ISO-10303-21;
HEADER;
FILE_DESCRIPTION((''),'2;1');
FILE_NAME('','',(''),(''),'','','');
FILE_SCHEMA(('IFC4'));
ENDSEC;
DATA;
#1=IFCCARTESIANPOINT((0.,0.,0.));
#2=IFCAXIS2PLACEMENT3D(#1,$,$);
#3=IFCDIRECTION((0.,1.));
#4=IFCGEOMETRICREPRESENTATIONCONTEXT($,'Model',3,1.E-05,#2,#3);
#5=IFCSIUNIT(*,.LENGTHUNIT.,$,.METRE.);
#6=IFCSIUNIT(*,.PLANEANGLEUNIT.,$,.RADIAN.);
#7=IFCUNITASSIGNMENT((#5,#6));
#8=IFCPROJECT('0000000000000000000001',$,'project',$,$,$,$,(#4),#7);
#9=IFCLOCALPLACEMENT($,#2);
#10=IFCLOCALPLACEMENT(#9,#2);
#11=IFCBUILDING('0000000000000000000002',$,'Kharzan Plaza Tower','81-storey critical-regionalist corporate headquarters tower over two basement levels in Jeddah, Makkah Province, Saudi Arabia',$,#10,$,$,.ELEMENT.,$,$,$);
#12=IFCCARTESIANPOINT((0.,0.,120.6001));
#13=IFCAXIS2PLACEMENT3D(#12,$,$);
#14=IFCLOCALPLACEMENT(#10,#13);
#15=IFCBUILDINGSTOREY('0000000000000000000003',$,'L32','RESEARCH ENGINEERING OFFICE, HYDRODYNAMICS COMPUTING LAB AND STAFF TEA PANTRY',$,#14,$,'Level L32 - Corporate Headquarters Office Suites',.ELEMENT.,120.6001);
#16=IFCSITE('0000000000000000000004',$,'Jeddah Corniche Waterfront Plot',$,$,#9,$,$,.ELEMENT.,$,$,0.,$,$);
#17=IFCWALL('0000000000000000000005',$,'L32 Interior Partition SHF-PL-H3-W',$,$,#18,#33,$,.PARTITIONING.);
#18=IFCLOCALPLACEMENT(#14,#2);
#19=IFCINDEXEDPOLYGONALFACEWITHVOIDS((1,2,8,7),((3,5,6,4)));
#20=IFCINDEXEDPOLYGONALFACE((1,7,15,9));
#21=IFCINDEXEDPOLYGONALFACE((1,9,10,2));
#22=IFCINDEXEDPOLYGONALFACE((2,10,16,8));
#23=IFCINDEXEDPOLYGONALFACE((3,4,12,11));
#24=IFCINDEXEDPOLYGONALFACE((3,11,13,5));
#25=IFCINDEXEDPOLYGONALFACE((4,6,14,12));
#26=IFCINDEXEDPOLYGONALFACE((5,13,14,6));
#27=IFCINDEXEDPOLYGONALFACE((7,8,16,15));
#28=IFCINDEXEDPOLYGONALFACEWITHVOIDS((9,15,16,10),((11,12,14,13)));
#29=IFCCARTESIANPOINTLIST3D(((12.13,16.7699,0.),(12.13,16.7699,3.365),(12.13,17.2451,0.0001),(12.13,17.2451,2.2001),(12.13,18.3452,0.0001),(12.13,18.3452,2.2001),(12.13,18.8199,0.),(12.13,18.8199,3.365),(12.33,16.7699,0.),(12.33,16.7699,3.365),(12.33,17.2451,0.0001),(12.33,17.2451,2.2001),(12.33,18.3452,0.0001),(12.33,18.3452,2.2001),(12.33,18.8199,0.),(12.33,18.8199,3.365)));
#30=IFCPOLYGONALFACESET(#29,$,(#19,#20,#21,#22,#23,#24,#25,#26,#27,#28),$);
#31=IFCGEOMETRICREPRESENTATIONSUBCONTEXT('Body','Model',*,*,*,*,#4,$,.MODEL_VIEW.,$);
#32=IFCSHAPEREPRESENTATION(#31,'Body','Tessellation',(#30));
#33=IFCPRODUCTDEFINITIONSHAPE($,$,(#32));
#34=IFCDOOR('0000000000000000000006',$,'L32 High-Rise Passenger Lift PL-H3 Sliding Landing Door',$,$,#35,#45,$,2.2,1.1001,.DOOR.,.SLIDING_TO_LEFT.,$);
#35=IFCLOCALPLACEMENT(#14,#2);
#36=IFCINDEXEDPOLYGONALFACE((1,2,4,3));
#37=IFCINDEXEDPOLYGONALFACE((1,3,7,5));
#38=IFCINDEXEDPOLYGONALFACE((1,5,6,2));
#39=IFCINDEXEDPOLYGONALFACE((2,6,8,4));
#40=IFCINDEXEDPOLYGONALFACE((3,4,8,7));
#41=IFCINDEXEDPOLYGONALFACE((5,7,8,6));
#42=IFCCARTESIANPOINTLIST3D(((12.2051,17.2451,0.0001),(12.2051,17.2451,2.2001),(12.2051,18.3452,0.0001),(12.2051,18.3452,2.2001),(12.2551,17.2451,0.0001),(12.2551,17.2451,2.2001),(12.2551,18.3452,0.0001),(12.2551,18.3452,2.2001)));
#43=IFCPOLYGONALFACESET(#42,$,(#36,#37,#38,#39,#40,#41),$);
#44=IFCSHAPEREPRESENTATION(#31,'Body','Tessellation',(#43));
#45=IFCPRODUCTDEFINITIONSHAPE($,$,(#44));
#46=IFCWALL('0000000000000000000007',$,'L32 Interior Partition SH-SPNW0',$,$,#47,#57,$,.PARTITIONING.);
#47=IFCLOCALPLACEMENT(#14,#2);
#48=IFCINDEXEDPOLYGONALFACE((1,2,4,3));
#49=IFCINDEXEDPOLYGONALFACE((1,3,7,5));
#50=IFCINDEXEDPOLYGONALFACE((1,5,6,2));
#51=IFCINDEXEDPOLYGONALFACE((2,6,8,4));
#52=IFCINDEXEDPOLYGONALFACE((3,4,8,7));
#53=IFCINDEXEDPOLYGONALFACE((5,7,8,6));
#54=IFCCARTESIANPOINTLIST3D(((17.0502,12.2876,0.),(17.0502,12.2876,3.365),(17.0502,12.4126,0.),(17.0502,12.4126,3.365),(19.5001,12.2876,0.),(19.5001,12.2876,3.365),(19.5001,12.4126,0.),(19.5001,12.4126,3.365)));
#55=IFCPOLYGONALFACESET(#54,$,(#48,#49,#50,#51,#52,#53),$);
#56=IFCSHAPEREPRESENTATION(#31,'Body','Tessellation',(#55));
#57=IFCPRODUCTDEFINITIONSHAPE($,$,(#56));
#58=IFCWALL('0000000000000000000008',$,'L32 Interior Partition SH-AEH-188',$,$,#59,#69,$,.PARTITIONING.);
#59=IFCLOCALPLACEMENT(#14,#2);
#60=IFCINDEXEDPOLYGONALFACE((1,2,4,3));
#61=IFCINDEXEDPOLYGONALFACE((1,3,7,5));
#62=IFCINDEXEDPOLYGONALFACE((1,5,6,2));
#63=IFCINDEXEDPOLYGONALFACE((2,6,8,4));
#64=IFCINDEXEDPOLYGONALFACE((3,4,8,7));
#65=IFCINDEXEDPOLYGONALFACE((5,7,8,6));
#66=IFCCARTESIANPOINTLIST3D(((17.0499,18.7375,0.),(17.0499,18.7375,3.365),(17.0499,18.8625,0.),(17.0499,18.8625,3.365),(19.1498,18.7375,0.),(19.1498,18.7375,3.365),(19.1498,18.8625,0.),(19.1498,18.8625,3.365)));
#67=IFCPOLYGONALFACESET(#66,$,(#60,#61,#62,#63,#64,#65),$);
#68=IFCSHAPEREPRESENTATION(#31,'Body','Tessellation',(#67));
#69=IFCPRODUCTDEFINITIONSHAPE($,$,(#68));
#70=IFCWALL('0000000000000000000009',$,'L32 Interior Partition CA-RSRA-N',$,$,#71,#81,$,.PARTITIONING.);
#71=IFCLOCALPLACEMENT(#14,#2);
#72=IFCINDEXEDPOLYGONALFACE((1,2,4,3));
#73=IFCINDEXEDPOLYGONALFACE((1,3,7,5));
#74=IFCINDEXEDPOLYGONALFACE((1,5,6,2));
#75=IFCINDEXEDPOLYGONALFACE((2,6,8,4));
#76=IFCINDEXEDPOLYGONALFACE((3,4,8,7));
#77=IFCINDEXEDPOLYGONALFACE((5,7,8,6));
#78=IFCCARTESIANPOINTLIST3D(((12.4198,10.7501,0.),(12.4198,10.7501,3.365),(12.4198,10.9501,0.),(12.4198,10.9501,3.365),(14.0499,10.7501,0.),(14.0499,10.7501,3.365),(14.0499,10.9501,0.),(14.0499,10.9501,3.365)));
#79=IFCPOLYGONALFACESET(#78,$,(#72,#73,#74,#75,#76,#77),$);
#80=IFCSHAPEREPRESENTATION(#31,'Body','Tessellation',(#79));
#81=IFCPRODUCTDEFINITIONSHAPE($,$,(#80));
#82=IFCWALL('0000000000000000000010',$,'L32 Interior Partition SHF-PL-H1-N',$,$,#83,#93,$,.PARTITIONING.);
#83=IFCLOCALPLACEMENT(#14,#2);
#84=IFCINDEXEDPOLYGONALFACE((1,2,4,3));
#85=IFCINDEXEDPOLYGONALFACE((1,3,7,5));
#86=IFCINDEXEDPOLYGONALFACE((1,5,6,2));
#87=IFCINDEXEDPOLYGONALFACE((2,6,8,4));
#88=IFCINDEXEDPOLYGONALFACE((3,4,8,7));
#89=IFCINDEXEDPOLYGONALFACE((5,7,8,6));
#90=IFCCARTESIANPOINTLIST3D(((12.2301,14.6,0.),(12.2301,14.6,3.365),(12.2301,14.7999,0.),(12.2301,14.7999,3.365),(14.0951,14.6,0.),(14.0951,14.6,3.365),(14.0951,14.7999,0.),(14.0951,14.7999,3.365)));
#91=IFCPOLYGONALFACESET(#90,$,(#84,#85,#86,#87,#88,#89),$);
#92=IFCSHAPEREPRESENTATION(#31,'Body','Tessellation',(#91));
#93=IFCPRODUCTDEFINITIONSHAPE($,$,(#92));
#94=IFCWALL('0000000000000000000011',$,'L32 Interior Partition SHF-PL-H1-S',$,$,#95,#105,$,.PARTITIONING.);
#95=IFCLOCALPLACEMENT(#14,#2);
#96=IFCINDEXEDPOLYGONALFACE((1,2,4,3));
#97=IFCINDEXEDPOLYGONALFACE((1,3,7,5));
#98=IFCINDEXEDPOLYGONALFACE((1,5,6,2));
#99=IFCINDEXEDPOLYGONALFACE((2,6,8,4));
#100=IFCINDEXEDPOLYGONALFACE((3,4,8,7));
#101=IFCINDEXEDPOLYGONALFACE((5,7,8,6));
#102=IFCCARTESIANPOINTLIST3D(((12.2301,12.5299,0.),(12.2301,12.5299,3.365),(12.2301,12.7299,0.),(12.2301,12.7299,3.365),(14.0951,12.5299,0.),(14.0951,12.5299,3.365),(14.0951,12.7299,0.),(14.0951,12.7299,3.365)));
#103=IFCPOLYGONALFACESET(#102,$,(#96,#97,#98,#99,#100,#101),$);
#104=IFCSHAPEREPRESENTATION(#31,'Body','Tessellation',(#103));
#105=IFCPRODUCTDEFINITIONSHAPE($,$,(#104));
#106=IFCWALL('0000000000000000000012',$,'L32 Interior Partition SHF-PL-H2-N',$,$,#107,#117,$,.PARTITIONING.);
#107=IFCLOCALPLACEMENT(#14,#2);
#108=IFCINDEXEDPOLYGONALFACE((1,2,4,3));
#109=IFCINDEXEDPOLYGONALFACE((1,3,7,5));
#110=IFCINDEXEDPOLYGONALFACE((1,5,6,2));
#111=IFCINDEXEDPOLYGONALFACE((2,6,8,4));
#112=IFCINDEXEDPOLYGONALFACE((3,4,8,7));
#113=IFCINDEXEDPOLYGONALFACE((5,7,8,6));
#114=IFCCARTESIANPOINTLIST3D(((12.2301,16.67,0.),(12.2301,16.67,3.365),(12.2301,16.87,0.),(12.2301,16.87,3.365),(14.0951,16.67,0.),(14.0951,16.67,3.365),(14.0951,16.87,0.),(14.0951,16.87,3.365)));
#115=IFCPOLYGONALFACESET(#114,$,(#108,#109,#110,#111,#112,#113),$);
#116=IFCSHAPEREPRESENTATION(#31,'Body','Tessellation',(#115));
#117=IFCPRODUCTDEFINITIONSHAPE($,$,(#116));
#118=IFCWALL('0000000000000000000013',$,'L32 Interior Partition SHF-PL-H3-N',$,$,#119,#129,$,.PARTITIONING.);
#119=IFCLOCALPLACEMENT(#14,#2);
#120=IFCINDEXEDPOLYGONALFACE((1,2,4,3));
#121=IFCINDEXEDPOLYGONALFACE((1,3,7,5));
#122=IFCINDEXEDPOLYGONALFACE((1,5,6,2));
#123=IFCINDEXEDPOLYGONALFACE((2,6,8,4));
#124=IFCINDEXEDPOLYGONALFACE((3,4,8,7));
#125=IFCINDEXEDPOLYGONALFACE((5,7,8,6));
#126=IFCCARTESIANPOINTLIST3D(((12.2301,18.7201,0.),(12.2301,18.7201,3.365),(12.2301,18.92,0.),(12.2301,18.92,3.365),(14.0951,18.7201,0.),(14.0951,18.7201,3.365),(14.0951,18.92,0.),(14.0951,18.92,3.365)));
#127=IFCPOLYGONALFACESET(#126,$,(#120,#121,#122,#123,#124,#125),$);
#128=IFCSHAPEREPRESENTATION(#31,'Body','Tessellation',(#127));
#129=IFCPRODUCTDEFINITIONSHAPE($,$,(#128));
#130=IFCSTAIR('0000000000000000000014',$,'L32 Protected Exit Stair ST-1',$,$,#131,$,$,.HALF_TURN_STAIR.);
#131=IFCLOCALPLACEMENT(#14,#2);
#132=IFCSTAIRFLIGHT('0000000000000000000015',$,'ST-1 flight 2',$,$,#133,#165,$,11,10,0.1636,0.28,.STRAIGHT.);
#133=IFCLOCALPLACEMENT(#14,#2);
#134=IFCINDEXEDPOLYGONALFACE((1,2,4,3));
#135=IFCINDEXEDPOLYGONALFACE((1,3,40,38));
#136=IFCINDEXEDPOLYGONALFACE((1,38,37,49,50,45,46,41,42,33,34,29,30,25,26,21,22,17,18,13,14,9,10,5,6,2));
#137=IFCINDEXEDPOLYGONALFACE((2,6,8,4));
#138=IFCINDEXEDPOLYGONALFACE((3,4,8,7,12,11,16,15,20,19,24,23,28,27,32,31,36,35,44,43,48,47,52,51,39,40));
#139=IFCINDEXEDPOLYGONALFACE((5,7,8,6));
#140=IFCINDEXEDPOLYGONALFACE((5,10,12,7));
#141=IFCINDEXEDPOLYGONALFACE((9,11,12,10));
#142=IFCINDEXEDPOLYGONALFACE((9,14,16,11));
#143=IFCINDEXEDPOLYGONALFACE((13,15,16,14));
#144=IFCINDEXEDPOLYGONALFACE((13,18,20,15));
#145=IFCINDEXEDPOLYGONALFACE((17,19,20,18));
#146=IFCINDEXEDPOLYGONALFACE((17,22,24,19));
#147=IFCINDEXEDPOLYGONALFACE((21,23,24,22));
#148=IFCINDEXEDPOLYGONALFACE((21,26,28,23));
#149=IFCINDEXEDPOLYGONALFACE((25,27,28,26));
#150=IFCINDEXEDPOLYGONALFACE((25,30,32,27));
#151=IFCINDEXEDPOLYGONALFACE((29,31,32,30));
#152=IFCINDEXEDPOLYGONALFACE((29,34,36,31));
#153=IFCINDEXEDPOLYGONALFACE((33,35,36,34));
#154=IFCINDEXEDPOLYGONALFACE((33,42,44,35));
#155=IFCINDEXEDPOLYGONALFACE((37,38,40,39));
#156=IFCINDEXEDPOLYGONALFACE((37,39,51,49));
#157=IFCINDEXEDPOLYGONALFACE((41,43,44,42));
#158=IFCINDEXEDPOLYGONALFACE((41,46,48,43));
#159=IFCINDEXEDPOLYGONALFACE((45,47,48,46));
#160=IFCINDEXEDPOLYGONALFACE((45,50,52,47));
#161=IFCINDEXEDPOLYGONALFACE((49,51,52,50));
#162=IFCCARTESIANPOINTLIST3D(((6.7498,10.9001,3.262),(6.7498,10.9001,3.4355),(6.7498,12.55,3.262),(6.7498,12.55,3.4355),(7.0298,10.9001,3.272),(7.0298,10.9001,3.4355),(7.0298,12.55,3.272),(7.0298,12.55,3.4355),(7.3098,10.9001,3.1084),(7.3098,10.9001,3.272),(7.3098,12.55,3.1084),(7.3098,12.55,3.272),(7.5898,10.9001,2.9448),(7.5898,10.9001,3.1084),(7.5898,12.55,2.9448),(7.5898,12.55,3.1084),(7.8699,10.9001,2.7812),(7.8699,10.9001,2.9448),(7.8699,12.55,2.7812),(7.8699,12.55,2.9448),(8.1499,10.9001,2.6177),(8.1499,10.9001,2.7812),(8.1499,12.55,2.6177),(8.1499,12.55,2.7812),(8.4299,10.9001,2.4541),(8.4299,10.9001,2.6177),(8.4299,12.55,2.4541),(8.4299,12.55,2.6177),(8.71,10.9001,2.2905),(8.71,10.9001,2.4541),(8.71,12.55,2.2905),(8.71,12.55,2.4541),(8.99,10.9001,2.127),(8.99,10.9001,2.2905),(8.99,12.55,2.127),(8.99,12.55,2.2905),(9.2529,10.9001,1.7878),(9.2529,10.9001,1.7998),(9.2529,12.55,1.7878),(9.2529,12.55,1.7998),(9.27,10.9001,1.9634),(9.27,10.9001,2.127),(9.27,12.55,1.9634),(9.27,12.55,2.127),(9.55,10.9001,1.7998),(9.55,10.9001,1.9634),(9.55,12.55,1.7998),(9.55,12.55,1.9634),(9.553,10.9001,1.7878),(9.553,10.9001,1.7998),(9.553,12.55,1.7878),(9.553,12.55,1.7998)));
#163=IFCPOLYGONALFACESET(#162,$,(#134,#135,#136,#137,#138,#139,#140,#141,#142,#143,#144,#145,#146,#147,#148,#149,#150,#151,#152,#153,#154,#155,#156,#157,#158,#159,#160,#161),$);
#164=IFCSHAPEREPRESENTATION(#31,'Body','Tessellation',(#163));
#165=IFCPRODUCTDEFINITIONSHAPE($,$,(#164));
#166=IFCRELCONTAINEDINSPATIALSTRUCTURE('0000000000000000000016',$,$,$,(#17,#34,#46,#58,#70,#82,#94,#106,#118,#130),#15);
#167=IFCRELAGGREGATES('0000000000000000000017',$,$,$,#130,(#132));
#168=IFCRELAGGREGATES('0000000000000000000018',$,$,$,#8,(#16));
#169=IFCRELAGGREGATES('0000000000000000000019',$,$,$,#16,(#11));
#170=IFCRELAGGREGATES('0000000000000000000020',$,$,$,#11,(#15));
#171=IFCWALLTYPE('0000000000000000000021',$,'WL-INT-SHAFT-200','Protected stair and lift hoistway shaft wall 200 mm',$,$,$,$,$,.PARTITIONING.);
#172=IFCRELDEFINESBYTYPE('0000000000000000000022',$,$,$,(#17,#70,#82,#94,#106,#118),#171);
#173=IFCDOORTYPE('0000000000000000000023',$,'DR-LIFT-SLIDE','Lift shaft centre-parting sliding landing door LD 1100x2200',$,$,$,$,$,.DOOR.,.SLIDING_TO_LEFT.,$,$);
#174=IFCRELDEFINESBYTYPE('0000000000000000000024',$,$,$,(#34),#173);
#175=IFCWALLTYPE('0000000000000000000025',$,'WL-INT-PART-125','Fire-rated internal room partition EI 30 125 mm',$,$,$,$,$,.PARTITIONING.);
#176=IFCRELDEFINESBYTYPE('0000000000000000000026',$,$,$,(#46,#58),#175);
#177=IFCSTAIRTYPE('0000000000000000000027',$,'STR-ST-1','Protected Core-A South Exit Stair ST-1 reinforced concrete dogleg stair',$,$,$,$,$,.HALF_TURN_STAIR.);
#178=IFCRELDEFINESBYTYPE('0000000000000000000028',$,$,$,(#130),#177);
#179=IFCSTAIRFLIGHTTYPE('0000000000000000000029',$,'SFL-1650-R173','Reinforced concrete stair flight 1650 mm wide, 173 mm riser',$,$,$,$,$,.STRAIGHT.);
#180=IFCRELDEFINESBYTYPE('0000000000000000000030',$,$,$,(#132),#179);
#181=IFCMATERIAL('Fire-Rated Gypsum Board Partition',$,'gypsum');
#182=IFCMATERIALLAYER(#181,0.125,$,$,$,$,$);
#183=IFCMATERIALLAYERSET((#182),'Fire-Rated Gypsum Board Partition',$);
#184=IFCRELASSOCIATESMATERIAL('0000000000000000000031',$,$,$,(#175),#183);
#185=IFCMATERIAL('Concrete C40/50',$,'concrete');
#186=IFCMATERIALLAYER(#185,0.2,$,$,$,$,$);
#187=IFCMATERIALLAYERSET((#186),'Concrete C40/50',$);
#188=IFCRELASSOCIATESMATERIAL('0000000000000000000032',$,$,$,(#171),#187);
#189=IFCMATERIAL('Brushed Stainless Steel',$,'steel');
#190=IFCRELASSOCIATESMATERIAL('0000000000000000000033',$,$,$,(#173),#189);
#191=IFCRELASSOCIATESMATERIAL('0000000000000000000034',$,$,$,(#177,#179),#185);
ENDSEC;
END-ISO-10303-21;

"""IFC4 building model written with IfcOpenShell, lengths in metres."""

from ifc_helpers import new_model, si_unit, direction, frame, frame_2d, origin, place, context, subcontext, project, spatial, polyline, rectangle, outline, extrude, source, transform, mapped, material, layer, layer_set, type_object, element, fill, aggregate, save


model = new_model("IFC4")

# Units and contexts
model_context = context("Model", 3, precision=1e-05, world=origin(), true_north=direction((0.0, 1.0)))
body_context = subcontext(model_context, "Body", "Model", "MODEL_VIEW")
ifc_project = project(units=[si_unit("LENGTHUNIT", "METRE"), si_unit("PLANEANGLEUNIT", "RADIAN")], contexts=[model_context])

# Site, building, storey
site_placement = place(None, origin())
site = spatial("IfcSite", under=ifc_project, at=site_placement, Name="Jeddah Corniche Waterfront Plot", CompositionType="ELEMENT", RefElevation=0.0)
building_placement = place(site_placement, origin())
building = spatial("IfcBuilding", under=site, at=building_placement, Name="Kharzan Plaza Tower", Description="81-storey critical-regionalist corporate headquarters tower over two basement levels in Jeddah, Makkah Province, Saudi Arabia", CompositionType="ELEMENT")
storey_placement = place(building_placement, frame((0.0, 0.0, 120.6001)))
storey = spatial("IfcBuildingStorey", under=building, at=storey_placement, Name="L32", Description="RESEARCH ENGINEERING OFFICE, HYDRODYNAMICS COMPUTING LAB AND STAFF TEA PANTRY", LongName="Level L32 - Corporate Headquarters Office Suites", CompositionType="ELEMENT", Elevation=120.6001)

# Wall, opening, door
ifc_material_1 = material(Name="Fire-Rated Gypsum Board Partition", Category="gypsum")
ifc_layer_1 = layer(ifc_material_1, 0.125)
ifc_layer_set_1 = layer_set([ifc_layer_1], Name="Fire-Rated Gypsum Board Partition")
wall_type_1 = type_object("IfcWallType", Name="WL-INT-PART-125", Description="Fire-rated internal room partition EI 30 125 mm", PredefinedType="PARTITIONING", material=ifc_layer_set_1)
ifc_material_2 = material(Name="Concrete C40/50", Category="concrete")
ifc_layer_2 = layer(ifc_material_2, 0.2)
ifc_layer_set_2 = layer_set([ifc_layer_2], Name="Concrete C40/50")
wall_type_2 = type_object("IfcWallType", Name="WL-INT-SHAFT-200", Description="Protected stair and lift hoistway shaft wall 200 mm", PredefinedType="PARTITIONING", material=ifc_layer_set_2)
ifc_material_3 = material(Name="Brushed Stainless Steel", Category="steel")
door_type_1 = type_object("IfcDoorType", Name="DR-LIFT-SLIDE", Description="Lift shaft centre-parting sliding landing door LD 1100x2200", OperationType="SLIDING_TO_LEFT", PredefinedType="DOOR", material=ifc_material_3)
shared_shape_1 = source(origin(), body_context, "Body", "SweptSolid", [
    extrude(rectangle(XDim=1.1001, YDim=2.2, at=frame_2d((0.55, 1.1001))), frame((0.0, 0.0249, 0.0), z_axis=(0.0, -1.0, 0.0), x_axis=(1.0, 0.0, 0.0)), (0.0, 0.0, 1.0), 0.05),
])
wall_1_placement = place(storey_placement, frame((12.23, 16.77, 0.0), z_axis=(0.0, 0.0, 1.0), x_axis=(0.0, 1.0, 0.0)))
wall_1 = element("IfcWall", 1, at=wall_1_placement, inside=storey, type_object=wall_type_2, Name="L32 Interior Partition SHF-PL-H3-W", PredefinedType="PARTITIONING", context=body_context, shape_type="SweptSolid", body=[
    extrude(rectangle(XDim=2.05, YDim=0.2, at=frame_2d((1.0249, 0.0))), origin(), (0.0, 0.0, 1.0), 3.365),
])
opening_1_placement = place(wall_1_placement, frame((0.4751, 0.0, 0.0)))
opening_1 = element("IfcOpeningElement", 2, at=opening_1_placement, cuts=wall_1, PredefinedType="OPENING", context=body_context, shape_type="SweptSolid", body=[
    extrude(rectangle(XDim=1.1001, YDim=2.2, at=frame_2d((0.55, 1.1001))), frame((0.0, 0.1099, 0.0), z_axis=(0.0, -1.0, 0.0), x_axis=(1.0, 0.0, 0.0)), (0.0, 0.0, 1.0), 0.22),
])
door_1_placement = place(opening_1_placement, origin())
door_1 = element("IfcDoor", 3, at=door_1_placement, inside=storey, type_object=door_type_1, Name="L32 High-Rise Passenger Lift PL-H3 Sliding Landing Door", OperationType="SLIDING_TO_LEFT", OverallHeight=2.2, OverallWidth=1.1001, PredefinedType="DOOR", context=body_context, shape_type="MappedRepresentation", body=[
    mapped(shared_shape_1, transform((0.0, 0.0, 0.0), x_axis=(1.0, 0.0, 0.0), y_axis=(0.0, 1.0, 0.0), z_axis=(0.0, 0.0, 1.0))),
])
fill(opening_1, door_1)

# Walls
shared_shape_2 = source(origin(), body_context, "Body", "SweptSolid", [
    extrude(rectangle(XDim=2.45, YDim=0.125, at=frame_2d((1.2251, 0.0))), origin(), (0.0, 0.0, 1.0), 3.365),
])
wall_2_placement = place(storey_placement, frame((17.05, 12.3501, 0.0), z_axis=(0.0, 0.0, 1.0), x_axis=(1.0, 0.0, 0.0)))
element("IfcWall", 4, at=wall_2_placement, inside=storey, type_object=wall_type_1, Name="L32 Interior Partition SH-SPNW0", PredefinedType="PARTITIONING", context=body_context, shape_type="MappedRepresentation", body=[
    mapped(shared_shape_2, transform((0.0, 0.0, 0.0), x_axis=(1.0, 0.0, 0.0), y_axis=(0.0, 1.0, 0.0), z_axis=(0.0, 0.0, 1.0))),
])
shared_shape_3 = source(origin(), body_context, "Body", "SweptSolid", [
    extrude(rectangle(XDim=2.0999, YDim=0.125, at=frame_2d((1.0498, 0.0))), origin(), (0.0, 0.0, 1.0), 3.365),
])
wall_3_placement = place(storey_placement, frame((17.05, 18.8, 0.0), z_axis=(0.0, 0.0, 1.0), x_axis=(1.0, 0.0, 0.0)))
element("IfcWall", 5, at=wall_3_placement, inside=storey, type_object=wall_type_1, Name="L32 Interior Partition SH-AEH-188", PredefinedType="PARTITIONING", context=body_context, shape_type="MappedRepresentation", body=[
    mapped(shared_shape_3, transform((0.0, 0.0, 0.0), x_axis=(1.0, 0.0, 0.0), y_axis=(0.0, 1.0, 0.0), z_axis=(0.0, 0.0, 1.0))),
])
shared_shape_4 = source(origin(), body_context, "Body", "SweptSolid", [
    extrude(rectangle(XDim=1.6301, YDim=0.2, at=frame_2d((0.8149, 0.0))), origin(), (0.0, 0.0, 1.0), 3.365),
])
wall_4_placement = place(storey_placement, frame((12.4199, 10.8501, 0.0), z_axis=(0.0, 0.0, 1.0), x_axis=(1.0, 0.0, 0.0)))
element("IfcWall", 6, at=wall_4_placement, inside=storey, type_object=wall_type_2, Name="L32 Interior Partition CA-RSRA-N", PredefinedType="PARTITIONING", context=body_context, shape_type="MappedRepresentation", body=[
    mapped(shared_shape_4, transform((0.0, 0.0, 0.0), x_axis=(1.0, 0.0, 0.0), y_axis=(0.0, 1.0, 0.0), z_axis=(0.0, 0.0, 1.0))),
])
shared_shape_5 = source(origin(), body_context, "Body", "SweptSolid", [
    extrude(rectangle(XDim=1.865, YDim=0.2, at=frame_2d((0.9326, 0.0))), origin(), (0.0, 0.0, 1.0), 3.365),
])
for number, where, z_axis, x_axis, name in (
    (7, (12.23, 14.7, 0.0), (0.0, 0.0, 1.0), (1.0, 0.0, 0.0), "L32 Interior Partition SHF-PL-H1-N"),
    (8, (12.23, 12.6299, 0.0), (0.0, 0.0, 1.0), (1.0, 0.0, 0.0), "L32 Interior Partition SHF-PL-H1-S"),
    (9, (12.23, 16.77, 0.0), (0.0, 0.0, 1.0), (1.0, 0.0, 0.0), "L32 Interior Partition SHF-PL-H2-N"),
    (10, (12.23, 18.8201, 0.0), (0.0, 0.0, 1.0), (1.0, 0.0, 0.0), "L32 Interior Partition SHF-PL-H3-N"),
):
    element("IfcWall", number, at=place(storey_placement, frame(where, z_axis=z_axis, x_axis=x_axis)), inside=storey, type_object=wall_type_2, Name=name, PredefinedType="PARTITIONING", context=body_context, shape_type="MappedRepresentation", body=[
        mapped(shared_shape_5, transform((0.0, 0.0, 0.0), x_axis=(1.0, 0.0, 0.0), y_axis=(0.0, 1.0, 0.0), z_axis=(0.0, 0.0, 1.0))),
    ])

# Stair, stair flight
stair_type = type_object("IfcStairType", Name="STR-ST-1", Description="Protected Core-A South Exit Stair ST-1 reinforced concrete dogleg stair", PredefinedType="HALF_TURN_STAIR", material=ifc_material_2)
stair_placement = place(storey_placement, origin())
stair = element("IfcStair", 11, at=stair_placement, inside=storey, type_object=stair_type, Name="L32 Protected Exit Stair ST-1", PredefinedType="HALF_TURN_STAIR")
stair_flight_type = type_object("IfcStairFlightType", Name="SFL-1650-R173", Description="Reinforced concrete stair flight 1650 mm wide, 173 mm riser", PredefinedType="STRAIGHT", material=ifc_material_2)
shared_shape_6 = source(origin(), body_context, "Body", "SweptSolid", [
    extrude(outline(polyline([(-0.0029, -0.012), (-0.0029, 0.0), (0.0, 0.0), (0.0, 0.1636), (0.28, 0.1636), (0.28, 0.3271), (0.5601, 0.3271), (0.5601, 0.4907), (0.8401, 0.4907), (0.8401, 0.6543), (1.1201, 0.6543), (1.1201, 0.8179), (1.4001, 0.8179), (1.4001, 0.9814), (1.6802, 0.9814), (1.6802, 1.145), (1.9602, 1.145), (1.9602, 1.3086), (2.2402, 1.3086), (2.2402, 1.4722), (2.5203, 1.4722), (2.5203, 1.6357), (2.8003, 1.6357), (2.8003, 1.7993), (2.8003, 1.4622), (0.2971, 0.0), (0.2971, -0.012), (-0.0029, -0.012)])), frame((0.0, 0.825, 0.0), z_axis=(0.0, -1.0, 0.0), x_axis=(1.0, 0.0, 0.0)), (0.0, 0.0, 1.0), 1.6499),
])
stair_flight_placement = place(storey_placement, frame((9.55, 11.7251, 1.7998), z_axis=(0.0, 0.0, 1.0), x_axis=(-1.0, 0.0, 0.0)))
stair_flight = element("IfcStairFlight", 12, at=stair_flight_placement, type_object=stair_flight_type, Name="ST-1 flight 2", NumberOfRisers=11, NumberOfTreads=10, PredefinedType="STRAIGHT", RiserHeight=0.1636, TreadLength=0.28, context=body_context, shape_type="MappedRepresentation", body=[
    mapped(shared_shape_6, transform((0.0, 0.0, 0.0), x_axis=(1.0, 0.0, 0.0), y_axis=(0.0, 1.0, 0.0), z_axis=(0.0, 0.0, 1.0))),
])
aggregate(stair, [stair_flight])

save(model, "model.ifc")
